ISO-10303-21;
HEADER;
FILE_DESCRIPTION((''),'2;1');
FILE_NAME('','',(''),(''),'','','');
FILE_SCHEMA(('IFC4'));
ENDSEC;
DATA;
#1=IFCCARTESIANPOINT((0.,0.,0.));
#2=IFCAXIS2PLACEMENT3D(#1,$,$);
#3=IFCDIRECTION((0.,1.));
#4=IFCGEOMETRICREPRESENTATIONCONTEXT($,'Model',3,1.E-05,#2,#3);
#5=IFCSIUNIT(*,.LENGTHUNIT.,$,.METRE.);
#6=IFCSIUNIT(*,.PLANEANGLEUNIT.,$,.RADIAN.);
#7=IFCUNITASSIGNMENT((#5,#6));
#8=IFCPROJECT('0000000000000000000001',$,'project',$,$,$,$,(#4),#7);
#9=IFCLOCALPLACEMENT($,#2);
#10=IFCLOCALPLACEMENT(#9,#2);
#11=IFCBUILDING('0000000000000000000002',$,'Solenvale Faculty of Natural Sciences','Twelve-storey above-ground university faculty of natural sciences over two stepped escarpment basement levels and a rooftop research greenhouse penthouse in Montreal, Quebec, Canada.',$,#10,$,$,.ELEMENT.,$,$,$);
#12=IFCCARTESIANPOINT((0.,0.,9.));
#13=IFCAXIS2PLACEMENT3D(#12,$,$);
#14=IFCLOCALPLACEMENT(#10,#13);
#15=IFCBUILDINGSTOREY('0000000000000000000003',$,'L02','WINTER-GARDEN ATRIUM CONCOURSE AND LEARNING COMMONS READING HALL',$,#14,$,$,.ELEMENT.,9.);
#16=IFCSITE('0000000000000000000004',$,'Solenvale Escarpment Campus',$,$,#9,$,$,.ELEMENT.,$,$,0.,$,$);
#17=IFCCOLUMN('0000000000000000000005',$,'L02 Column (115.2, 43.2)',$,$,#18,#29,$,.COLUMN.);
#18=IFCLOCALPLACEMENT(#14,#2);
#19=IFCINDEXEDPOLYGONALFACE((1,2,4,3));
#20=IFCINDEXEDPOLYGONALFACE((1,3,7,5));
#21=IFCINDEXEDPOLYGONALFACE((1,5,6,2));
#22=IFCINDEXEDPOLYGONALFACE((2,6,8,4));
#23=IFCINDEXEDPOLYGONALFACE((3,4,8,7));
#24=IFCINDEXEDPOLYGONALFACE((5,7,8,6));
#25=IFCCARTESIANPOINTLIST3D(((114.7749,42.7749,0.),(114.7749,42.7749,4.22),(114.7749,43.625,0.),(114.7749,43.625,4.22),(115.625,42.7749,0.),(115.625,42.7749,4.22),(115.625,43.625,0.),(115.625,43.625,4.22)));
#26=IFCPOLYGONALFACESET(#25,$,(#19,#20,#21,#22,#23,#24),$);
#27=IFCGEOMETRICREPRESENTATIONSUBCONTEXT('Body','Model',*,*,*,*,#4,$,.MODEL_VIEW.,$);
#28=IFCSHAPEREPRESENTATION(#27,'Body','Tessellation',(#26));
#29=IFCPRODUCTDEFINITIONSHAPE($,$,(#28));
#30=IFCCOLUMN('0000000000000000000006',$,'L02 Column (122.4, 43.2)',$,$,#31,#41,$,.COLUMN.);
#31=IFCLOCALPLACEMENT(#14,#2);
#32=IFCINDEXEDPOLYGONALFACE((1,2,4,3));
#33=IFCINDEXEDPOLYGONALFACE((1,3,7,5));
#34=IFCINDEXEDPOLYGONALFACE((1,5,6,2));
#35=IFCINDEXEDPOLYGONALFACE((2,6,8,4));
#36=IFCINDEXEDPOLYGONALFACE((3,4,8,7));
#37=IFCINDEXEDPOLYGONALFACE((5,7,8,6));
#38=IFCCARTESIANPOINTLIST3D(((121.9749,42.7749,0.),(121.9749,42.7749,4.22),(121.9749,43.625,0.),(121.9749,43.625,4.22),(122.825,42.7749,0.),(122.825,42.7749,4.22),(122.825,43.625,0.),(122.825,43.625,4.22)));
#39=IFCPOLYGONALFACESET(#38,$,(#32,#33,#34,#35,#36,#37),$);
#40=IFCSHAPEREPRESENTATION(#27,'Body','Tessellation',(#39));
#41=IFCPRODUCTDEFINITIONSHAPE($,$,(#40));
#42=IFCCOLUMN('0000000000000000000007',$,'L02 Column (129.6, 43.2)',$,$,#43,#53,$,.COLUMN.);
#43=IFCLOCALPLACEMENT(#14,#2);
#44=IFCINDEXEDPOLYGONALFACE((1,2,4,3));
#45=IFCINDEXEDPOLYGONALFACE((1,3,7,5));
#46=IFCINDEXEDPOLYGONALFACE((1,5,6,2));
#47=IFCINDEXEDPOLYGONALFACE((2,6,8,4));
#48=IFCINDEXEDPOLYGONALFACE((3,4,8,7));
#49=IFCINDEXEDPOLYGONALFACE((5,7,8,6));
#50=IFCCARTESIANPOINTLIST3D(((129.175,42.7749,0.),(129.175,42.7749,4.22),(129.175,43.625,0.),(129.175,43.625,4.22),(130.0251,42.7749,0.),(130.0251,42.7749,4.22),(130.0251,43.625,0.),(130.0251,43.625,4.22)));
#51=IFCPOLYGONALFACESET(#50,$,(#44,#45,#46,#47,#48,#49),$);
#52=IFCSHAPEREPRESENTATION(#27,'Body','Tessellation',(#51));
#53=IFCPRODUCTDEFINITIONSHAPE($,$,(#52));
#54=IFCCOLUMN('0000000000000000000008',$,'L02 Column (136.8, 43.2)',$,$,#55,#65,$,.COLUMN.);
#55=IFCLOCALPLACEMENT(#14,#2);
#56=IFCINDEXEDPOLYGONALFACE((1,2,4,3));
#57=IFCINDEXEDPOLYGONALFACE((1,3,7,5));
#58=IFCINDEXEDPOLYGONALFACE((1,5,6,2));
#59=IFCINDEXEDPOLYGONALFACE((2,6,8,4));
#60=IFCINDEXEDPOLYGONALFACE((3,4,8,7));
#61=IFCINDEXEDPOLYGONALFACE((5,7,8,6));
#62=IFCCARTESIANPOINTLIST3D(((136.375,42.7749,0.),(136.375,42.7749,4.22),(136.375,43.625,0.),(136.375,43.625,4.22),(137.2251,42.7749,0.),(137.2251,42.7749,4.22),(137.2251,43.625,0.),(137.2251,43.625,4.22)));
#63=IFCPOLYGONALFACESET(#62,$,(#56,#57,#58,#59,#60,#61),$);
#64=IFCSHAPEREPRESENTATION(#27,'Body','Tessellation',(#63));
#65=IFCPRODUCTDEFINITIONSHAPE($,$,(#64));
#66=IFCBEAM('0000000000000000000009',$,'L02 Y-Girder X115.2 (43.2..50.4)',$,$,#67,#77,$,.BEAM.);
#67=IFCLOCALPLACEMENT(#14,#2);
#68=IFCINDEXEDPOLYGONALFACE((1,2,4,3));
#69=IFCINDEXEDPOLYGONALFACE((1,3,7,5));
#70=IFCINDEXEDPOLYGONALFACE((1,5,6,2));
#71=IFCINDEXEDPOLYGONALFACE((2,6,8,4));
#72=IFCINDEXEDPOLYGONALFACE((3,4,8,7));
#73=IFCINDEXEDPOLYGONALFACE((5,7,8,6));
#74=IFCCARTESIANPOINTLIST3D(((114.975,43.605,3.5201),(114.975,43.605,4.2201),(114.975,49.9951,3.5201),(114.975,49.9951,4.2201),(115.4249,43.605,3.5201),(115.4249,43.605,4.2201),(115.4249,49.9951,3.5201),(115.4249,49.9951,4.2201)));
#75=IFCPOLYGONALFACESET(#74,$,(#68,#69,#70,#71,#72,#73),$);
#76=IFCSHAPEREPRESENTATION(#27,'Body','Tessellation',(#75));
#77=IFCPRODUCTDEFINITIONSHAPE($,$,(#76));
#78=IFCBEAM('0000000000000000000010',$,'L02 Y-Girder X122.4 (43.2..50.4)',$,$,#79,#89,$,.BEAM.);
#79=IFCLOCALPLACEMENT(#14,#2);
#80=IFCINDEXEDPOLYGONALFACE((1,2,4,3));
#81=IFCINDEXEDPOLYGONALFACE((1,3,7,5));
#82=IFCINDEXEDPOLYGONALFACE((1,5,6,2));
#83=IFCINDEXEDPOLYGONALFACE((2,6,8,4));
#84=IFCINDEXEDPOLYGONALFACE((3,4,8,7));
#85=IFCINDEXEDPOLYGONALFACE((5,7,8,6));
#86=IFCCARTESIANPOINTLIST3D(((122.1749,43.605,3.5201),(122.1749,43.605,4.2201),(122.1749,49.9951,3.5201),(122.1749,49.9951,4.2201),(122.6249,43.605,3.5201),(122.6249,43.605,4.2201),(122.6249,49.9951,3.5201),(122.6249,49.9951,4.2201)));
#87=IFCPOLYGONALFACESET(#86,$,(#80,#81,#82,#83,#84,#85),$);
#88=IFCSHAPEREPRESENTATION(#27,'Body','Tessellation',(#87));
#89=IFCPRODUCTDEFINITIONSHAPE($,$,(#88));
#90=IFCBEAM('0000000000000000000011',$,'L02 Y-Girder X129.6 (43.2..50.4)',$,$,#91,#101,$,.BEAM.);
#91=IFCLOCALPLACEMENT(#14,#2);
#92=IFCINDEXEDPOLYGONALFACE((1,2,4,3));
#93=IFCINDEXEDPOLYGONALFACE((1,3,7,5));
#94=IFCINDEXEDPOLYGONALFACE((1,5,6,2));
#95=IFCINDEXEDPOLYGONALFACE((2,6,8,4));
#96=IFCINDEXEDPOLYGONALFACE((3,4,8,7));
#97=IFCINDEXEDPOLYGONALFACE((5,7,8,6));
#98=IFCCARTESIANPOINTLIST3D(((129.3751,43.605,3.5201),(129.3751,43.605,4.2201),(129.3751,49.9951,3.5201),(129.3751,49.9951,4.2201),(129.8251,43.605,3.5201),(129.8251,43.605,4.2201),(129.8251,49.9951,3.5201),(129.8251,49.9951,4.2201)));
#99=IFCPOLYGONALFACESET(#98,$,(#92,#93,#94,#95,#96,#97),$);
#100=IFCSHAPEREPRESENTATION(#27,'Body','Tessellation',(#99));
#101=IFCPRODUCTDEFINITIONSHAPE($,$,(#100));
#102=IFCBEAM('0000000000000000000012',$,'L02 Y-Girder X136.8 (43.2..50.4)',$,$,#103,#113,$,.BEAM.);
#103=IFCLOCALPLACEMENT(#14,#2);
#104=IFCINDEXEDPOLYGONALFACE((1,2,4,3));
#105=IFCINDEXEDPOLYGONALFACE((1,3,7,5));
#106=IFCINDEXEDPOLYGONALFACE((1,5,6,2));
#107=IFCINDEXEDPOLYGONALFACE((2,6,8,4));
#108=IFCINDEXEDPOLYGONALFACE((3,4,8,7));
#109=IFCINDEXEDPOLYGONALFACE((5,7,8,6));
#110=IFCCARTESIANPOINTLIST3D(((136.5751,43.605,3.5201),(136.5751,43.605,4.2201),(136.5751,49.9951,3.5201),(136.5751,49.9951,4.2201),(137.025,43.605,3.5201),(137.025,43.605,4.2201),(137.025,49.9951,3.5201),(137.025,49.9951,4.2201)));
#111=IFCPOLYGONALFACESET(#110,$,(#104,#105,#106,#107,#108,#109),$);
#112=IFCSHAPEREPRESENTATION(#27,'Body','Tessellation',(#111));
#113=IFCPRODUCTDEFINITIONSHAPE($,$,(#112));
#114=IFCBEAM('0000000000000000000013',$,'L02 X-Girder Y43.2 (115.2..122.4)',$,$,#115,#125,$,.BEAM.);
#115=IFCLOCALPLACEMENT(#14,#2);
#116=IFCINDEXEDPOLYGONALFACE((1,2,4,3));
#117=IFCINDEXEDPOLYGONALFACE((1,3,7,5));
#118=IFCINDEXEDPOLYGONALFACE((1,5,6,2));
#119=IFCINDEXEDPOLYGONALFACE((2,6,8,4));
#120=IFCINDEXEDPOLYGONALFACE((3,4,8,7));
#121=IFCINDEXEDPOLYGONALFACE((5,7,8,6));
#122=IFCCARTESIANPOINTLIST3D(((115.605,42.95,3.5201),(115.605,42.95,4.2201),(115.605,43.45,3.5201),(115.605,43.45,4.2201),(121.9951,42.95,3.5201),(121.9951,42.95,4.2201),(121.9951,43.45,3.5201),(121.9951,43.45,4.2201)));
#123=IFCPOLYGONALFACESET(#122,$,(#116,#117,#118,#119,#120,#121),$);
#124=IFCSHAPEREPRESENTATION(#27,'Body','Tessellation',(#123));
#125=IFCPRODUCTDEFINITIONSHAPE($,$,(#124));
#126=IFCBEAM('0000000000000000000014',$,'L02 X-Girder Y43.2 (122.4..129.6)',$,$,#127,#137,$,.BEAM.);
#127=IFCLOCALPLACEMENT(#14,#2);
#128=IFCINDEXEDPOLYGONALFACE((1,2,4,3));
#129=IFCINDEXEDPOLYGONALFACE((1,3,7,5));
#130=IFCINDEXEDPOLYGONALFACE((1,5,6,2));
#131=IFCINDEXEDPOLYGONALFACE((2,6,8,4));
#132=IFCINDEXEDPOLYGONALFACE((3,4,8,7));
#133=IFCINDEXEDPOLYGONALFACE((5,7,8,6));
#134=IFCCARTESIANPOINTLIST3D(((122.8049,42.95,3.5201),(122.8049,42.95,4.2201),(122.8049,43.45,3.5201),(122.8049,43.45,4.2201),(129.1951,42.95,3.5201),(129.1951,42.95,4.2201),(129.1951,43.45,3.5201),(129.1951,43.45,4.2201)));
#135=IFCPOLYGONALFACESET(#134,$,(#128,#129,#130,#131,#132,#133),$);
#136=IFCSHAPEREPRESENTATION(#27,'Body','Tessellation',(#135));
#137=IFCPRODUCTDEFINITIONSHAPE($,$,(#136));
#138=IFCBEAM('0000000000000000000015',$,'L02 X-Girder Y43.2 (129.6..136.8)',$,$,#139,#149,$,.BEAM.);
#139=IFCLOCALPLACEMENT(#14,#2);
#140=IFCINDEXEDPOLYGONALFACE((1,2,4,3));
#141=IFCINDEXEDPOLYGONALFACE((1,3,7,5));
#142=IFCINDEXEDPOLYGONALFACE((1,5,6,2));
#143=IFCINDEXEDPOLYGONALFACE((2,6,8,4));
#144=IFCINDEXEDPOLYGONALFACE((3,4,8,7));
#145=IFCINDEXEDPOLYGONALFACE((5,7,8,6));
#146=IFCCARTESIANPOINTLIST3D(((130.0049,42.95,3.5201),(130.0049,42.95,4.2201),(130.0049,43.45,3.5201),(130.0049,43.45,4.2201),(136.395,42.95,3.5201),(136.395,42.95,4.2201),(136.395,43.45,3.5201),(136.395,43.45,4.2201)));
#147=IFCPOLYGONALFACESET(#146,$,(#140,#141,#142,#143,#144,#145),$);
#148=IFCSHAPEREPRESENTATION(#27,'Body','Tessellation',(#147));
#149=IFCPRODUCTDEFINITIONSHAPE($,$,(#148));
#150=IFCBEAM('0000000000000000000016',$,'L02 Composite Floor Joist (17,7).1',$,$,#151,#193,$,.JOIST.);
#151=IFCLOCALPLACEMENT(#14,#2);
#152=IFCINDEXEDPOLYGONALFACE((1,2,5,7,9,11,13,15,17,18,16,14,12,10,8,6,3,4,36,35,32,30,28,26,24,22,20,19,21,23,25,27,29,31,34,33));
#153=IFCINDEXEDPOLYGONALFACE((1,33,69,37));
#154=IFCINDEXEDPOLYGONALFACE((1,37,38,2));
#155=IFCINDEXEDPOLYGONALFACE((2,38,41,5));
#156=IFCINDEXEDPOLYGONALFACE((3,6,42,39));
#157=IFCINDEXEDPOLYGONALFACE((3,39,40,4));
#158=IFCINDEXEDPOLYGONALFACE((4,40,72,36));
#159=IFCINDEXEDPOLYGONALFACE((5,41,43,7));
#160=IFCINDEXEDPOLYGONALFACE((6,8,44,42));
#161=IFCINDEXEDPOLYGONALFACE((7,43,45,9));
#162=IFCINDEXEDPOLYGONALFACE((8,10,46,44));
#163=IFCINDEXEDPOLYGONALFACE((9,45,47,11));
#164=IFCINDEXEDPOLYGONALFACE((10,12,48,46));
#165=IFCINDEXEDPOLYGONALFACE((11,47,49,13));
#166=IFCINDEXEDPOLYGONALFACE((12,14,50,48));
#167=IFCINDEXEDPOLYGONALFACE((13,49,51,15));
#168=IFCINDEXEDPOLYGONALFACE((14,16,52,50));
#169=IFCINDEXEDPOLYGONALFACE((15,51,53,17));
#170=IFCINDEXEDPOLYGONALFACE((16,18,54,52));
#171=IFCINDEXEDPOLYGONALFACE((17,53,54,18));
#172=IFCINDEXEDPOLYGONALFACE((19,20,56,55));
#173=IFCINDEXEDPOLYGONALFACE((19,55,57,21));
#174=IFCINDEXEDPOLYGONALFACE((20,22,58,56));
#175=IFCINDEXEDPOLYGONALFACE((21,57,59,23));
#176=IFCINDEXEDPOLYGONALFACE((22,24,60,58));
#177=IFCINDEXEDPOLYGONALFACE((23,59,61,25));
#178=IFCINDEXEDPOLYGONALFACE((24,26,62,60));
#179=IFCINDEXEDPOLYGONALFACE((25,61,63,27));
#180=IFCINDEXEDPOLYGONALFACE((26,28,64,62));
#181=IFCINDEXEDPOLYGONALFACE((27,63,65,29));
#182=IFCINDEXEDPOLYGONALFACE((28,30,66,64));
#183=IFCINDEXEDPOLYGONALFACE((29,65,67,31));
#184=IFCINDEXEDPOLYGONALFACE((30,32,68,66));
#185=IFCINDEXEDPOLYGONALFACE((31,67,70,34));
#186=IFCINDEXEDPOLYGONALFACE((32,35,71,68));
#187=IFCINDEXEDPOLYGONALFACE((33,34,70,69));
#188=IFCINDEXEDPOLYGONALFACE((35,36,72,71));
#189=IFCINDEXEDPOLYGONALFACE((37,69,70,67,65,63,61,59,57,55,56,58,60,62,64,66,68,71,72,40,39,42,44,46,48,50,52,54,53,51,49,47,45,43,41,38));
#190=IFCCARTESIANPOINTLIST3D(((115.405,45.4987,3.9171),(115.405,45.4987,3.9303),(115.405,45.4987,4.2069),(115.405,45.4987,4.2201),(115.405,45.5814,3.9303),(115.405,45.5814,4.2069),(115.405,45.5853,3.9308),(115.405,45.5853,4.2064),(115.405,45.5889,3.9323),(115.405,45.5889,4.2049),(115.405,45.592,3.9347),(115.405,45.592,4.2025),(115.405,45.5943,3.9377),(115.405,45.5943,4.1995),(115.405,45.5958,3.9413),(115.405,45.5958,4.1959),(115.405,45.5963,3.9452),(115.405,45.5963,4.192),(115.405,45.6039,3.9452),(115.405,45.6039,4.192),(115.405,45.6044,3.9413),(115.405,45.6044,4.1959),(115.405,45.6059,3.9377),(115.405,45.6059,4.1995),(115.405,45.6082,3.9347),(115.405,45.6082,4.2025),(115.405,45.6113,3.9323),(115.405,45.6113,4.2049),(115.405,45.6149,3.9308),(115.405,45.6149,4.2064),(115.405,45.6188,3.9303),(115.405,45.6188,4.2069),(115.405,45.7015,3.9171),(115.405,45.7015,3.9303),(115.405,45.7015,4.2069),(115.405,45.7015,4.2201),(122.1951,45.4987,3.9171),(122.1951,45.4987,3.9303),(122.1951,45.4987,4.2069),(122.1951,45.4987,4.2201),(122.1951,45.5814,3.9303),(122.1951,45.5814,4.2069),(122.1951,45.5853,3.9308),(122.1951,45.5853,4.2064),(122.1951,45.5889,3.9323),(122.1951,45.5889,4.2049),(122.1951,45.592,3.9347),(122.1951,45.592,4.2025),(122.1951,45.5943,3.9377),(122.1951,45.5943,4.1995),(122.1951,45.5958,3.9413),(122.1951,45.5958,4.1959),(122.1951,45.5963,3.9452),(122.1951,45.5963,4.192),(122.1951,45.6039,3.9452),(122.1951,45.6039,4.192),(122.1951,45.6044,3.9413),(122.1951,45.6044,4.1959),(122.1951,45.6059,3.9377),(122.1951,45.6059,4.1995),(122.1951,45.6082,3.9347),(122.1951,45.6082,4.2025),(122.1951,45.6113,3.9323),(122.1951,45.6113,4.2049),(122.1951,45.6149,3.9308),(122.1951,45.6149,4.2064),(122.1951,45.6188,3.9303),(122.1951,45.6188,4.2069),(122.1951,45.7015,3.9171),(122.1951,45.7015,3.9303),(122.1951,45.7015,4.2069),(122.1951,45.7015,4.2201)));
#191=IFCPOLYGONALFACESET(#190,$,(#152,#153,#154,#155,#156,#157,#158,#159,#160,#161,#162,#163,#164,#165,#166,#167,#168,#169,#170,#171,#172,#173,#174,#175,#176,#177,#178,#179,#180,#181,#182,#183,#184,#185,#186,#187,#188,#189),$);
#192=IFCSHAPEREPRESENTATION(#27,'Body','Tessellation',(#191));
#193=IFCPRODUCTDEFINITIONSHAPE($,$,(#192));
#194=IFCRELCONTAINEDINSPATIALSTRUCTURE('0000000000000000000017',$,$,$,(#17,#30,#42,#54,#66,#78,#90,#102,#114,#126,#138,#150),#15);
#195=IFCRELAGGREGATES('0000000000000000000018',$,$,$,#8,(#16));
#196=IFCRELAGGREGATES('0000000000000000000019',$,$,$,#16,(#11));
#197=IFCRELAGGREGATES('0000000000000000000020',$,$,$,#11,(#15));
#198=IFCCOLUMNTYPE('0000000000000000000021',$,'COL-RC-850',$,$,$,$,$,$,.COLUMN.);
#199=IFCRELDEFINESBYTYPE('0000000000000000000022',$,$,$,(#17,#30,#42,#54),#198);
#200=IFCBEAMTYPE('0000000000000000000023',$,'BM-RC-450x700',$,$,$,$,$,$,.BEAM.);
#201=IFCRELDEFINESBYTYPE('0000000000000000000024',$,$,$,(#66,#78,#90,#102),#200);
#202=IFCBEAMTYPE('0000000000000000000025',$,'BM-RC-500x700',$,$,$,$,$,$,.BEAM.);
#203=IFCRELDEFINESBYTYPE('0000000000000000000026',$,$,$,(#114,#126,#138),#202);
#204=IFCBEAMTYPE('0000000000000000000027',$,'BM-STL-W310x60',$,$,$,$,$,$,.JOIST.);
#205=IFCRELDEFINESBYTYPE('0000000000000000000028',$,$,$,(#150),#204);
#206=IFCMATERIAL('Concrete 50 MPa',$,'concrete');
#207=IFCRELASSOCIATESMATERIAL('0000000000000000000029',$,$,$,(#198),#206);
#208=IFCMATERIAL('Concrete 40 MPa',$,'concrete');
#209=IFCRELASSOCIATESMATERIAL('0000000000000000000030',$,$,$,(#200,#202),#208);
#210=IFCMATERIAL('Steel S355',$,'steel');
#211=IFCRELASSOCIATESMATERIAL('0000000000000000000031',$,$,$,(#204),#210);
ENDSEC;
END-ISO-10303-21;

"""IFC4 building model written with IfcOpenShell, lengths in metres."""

from ifc_helpers import new_model, si_unit, direction, frame, origin, origin_2d, place, context, subcontext, project, spatial, rectangle, i_section, extrude, material, material_profile, profile_set, type_object, element, save


model = new_model("IFC4")

# Units and contexts
model_context = context("Model", 3, precision=1e-05, world=origin(), true_north=direction((0.0, 1.0)))
body_context = subcontext(model_context, "Body", "Model", "MODEL_VIEW")
ifc_project = project(units=[si_unit("LENGTHUNIT", "METRE"), si_unit("PLANEANGLEUNIT", "RADIAN")], contexts=[model_context])

# Site, building, storey
site_placement = place(None, origin())
site = spatial("IfcSite", under=ifc_project, at=site_placement, Name="Solenvale Escarpment Campus", CompositionType="ELEMENT", RefElevation=0.0)
building_placement = place(site_placement, origin())
building = spatial("IfcBuilding", under=site, at=building_placement, Name="Solenvale Faculty of Natural Sciences", Description="Twelve-storey above-ground university faculty of natural sciences over two stepped escarpment basement levels and a rooftop research greenhouse penthouse in Montreal, Quebec, Canada.", CompositionType="ELEMENT")
storey_placement = place(building_placement, frame((0.0, 0.0, 9.0)))
storey = spatial("IfcBuildingStorey", under=building, at=storey_placement, Name="L02", Description="WINTER-GARDEN ATRIUM CONCOURSE AND LEARNING COMMONS READING HALL", CompositionType="ELEMENT", Elevation=9.0)

# Columns
ifc_material_1 = material(Name="Concrete 50 MPa", Category="concrete")
ifc_material_profile_1 = material_profile(ifc_material_1, rectangle(XDim=0.8501, YDim=0.8501, at=origin_2d()), Name="RC-COL-850x850")
ifc_profile_set_1 = profile_set([ifc_material_profile_1], Name="Concrete 50 MPa")
column_type = type_object("IfcColumnType", Name="COL-RC-850", PredefinedType="COLUMN", material=ifc_profile_set_1)
for number, where, z_axis, x_axis, name in (
    (1, (115.2, 43.2, 0.0), (0.0, 0.0, 1.0), (1.0, 0.0, 0.0), "L02 Column (115.2, 43.2)"),
    (2, (122.3999, 43.2, 0.0), (0.0, 0.0, 1.0), (1.0, 0.0, 0.0), "L02 Column (122.4, 43.2)"),
    (3, (129.6001, 43.2, 0.0), (0.0, 0.0, 1.0), (1.0, 0.0, 0.0), "L02 Column (129.6, 43.2)"),
    (4, (136.8, 43.2, 0.0), (0.0, 0.0, 1.0), (1.0, 0.0, 0.0), "L02 Column (136.8, 43.2)"),
):
    element("IfcColumn", number, at=place(storey_placement, frame(where, z_axis=z_axis, x_axis=x_axis)), inside=storey, type_object=column_type, Name=name, PredefinedType="COLUMN", context=body_context, shape_type="SweptSolid", body=[
        extrude(rectangle(XDim=0.8501, YDim=0.8501, at=origin_2d()), origin(), (0.0, 0.0, 1.0), 4.22),
    ])

# Beams
ifc_material_2 = material(Name="Concrete 40 MPa", Category="concrete")
ifc_material_profile_2 = material_profile(ifc_material_2, rectangle(XDim=0.45, YDim=0.7, at=origin_2d()), Name="RC-BM-450x700")
ifc_profile_set_2 = profile_set([ifc_material_profile_2], Name="Concrete 40 MPa")
beam_type_1 = type_object("IfcBeamType", Name="BM-RC-450x700", PredefinedType="BEAM", material=ifc_profile_set_2)
for number, where, z_axis, x_axis, name in (
    (5, (115.2, 43.605, 3.8701), (0.0, 1.0, 0.0), (-1.0, 0.0, 0.0), "L02 Y-Girder X115.2 (43.2..50.4)"),
    (6, (122.3999, 43.605, 3.8701), (0.0, 1.0, 0.0), (-1.0, 0.0, 0.0), "L02 Y-Girder X122.4 (43.2..50.4)"),
    (7, (129.6001, 43.605, 3.8701), (0.0, 1.0, 0.0), (-1.0, 0.0, 0.0), "L02 Y-Girder X129.6 (43.2..50.4)"),
    (8, (136.8, 43.605, 3.8701), (0.0, 1.0, 0.0), (-1.0, 0.0, 0.0), "L02 Y-Girder X136.8 (43.2..50.4)"),
):
    element("IfcBeam", number, at=place(storey_placement, frame(where, z_axis=z_axis, x_axis=x_axis)), inside=storey, type_object=beam_type_1, Name=name, PredefinedType="BEAM", context=body_context, shape_type="SweptSolid", body=[
        extrude(rectangle(XDim=0.45, YDim=0.7, at=origin_2d()), origin(), (0.0, 0.0, 1.0), 6.3901),
    ])
ifc_material_profile_3 = material_profile(ifc_material_2, rectangle(XDim=0.5, YDim=0.7, at=origin_2d()), Name="RC-BM-500x700")
ifc_profile_set_3 = profile_set([ifc_material_profile_3], Name="Concrete 40 MPa")
beam_type_2 = type_object("IfcBeamType", Name="BM-RC-500x700", PredefinedType="BEAM", material=ifc_profile_set_3)
for number, where, z_axis, x_axis, name in (
    (9, (115.605, 43.2, 3.8701), (1.0, 0.0, 0.0), (0.0, 1.0, 0.0), "L02 X-Girder Y43.2 (115.2..122.4)"),
    (10, (122.8049, 43.2, 3.8701), (1.0, 0.0, 0.0), (0.0, 1.0, 0.0), "L02 X-Girder Y43.2 (122.4..129.6)"),
    (11, (130.0049, 43.2, 3.8701), (1.0, 0.0, 0.0), (0.0, 1.0, 0.0), "L02 X-Girder Y43.2 (129.6..136.8)"),
):
    element("IfcBeam", number, at=place(storey_placement, frame(where, z_axis=z_axis, x_axis=x_axis)), inside=storey, type_object=beam_type_2, Name=name, PredefinedType="BEAM", context=body_context, shape_type="SweptSolid", body=[
        extrude(rectangle(XDim=0.5, YDim=0.7, at=origin_2d()), origin(), (0.0, 0.0, 1.0), 6.3901),
    ])
ifc_material_3 = material(Name="Steel S355", Category="steel")
ifc_material_profile_4 = material_profile(ifc_material_3, i_section(OverallWidth=0.2029, OverallDepth=0.303, WebThickness=0.0076, FlangeThickness=0.0132, FilletRadius=0.0149, at=origin_2d()), Name="W310x60")
ifc_profile_set_4 = profile_set([ifc_material_profile_4], Name="Steel S355")
beam_type_3 = type_object("IfcBeamType", Name="BM-STL-W310x60", PredefinedType="JOIST", material=ifc_profile_set_4)
for number, where, z_axis, x_axis, name in (
    (12, (115.405, 45.6001, 4.0686), (1.0, 0.0, 0.0), (0.0, 1.0, 0.0), "L02 Composite Floor Joist (17,7).1"),
):
    element("IfcBeam", number, at=place(storey_placement, frame(where, z_axis=z_axis, x_axis=x_axis)), inside=storey, type_object=beam_type_3, Name=name, PredefinedType="JOIST", context=body_context, shape_type="SweptSolid", body=[
        extrude(i_section(OverallWidth=0.2029, OverallDepth=0.303, WebThickness=0.0076, FlangeThickness=0.0132, FilletRadius=0.0149, at=origin_2d()), origin(), (0.0, 0.0, 1.0), 6.79),
    ])

save(model, "model.ifc")
